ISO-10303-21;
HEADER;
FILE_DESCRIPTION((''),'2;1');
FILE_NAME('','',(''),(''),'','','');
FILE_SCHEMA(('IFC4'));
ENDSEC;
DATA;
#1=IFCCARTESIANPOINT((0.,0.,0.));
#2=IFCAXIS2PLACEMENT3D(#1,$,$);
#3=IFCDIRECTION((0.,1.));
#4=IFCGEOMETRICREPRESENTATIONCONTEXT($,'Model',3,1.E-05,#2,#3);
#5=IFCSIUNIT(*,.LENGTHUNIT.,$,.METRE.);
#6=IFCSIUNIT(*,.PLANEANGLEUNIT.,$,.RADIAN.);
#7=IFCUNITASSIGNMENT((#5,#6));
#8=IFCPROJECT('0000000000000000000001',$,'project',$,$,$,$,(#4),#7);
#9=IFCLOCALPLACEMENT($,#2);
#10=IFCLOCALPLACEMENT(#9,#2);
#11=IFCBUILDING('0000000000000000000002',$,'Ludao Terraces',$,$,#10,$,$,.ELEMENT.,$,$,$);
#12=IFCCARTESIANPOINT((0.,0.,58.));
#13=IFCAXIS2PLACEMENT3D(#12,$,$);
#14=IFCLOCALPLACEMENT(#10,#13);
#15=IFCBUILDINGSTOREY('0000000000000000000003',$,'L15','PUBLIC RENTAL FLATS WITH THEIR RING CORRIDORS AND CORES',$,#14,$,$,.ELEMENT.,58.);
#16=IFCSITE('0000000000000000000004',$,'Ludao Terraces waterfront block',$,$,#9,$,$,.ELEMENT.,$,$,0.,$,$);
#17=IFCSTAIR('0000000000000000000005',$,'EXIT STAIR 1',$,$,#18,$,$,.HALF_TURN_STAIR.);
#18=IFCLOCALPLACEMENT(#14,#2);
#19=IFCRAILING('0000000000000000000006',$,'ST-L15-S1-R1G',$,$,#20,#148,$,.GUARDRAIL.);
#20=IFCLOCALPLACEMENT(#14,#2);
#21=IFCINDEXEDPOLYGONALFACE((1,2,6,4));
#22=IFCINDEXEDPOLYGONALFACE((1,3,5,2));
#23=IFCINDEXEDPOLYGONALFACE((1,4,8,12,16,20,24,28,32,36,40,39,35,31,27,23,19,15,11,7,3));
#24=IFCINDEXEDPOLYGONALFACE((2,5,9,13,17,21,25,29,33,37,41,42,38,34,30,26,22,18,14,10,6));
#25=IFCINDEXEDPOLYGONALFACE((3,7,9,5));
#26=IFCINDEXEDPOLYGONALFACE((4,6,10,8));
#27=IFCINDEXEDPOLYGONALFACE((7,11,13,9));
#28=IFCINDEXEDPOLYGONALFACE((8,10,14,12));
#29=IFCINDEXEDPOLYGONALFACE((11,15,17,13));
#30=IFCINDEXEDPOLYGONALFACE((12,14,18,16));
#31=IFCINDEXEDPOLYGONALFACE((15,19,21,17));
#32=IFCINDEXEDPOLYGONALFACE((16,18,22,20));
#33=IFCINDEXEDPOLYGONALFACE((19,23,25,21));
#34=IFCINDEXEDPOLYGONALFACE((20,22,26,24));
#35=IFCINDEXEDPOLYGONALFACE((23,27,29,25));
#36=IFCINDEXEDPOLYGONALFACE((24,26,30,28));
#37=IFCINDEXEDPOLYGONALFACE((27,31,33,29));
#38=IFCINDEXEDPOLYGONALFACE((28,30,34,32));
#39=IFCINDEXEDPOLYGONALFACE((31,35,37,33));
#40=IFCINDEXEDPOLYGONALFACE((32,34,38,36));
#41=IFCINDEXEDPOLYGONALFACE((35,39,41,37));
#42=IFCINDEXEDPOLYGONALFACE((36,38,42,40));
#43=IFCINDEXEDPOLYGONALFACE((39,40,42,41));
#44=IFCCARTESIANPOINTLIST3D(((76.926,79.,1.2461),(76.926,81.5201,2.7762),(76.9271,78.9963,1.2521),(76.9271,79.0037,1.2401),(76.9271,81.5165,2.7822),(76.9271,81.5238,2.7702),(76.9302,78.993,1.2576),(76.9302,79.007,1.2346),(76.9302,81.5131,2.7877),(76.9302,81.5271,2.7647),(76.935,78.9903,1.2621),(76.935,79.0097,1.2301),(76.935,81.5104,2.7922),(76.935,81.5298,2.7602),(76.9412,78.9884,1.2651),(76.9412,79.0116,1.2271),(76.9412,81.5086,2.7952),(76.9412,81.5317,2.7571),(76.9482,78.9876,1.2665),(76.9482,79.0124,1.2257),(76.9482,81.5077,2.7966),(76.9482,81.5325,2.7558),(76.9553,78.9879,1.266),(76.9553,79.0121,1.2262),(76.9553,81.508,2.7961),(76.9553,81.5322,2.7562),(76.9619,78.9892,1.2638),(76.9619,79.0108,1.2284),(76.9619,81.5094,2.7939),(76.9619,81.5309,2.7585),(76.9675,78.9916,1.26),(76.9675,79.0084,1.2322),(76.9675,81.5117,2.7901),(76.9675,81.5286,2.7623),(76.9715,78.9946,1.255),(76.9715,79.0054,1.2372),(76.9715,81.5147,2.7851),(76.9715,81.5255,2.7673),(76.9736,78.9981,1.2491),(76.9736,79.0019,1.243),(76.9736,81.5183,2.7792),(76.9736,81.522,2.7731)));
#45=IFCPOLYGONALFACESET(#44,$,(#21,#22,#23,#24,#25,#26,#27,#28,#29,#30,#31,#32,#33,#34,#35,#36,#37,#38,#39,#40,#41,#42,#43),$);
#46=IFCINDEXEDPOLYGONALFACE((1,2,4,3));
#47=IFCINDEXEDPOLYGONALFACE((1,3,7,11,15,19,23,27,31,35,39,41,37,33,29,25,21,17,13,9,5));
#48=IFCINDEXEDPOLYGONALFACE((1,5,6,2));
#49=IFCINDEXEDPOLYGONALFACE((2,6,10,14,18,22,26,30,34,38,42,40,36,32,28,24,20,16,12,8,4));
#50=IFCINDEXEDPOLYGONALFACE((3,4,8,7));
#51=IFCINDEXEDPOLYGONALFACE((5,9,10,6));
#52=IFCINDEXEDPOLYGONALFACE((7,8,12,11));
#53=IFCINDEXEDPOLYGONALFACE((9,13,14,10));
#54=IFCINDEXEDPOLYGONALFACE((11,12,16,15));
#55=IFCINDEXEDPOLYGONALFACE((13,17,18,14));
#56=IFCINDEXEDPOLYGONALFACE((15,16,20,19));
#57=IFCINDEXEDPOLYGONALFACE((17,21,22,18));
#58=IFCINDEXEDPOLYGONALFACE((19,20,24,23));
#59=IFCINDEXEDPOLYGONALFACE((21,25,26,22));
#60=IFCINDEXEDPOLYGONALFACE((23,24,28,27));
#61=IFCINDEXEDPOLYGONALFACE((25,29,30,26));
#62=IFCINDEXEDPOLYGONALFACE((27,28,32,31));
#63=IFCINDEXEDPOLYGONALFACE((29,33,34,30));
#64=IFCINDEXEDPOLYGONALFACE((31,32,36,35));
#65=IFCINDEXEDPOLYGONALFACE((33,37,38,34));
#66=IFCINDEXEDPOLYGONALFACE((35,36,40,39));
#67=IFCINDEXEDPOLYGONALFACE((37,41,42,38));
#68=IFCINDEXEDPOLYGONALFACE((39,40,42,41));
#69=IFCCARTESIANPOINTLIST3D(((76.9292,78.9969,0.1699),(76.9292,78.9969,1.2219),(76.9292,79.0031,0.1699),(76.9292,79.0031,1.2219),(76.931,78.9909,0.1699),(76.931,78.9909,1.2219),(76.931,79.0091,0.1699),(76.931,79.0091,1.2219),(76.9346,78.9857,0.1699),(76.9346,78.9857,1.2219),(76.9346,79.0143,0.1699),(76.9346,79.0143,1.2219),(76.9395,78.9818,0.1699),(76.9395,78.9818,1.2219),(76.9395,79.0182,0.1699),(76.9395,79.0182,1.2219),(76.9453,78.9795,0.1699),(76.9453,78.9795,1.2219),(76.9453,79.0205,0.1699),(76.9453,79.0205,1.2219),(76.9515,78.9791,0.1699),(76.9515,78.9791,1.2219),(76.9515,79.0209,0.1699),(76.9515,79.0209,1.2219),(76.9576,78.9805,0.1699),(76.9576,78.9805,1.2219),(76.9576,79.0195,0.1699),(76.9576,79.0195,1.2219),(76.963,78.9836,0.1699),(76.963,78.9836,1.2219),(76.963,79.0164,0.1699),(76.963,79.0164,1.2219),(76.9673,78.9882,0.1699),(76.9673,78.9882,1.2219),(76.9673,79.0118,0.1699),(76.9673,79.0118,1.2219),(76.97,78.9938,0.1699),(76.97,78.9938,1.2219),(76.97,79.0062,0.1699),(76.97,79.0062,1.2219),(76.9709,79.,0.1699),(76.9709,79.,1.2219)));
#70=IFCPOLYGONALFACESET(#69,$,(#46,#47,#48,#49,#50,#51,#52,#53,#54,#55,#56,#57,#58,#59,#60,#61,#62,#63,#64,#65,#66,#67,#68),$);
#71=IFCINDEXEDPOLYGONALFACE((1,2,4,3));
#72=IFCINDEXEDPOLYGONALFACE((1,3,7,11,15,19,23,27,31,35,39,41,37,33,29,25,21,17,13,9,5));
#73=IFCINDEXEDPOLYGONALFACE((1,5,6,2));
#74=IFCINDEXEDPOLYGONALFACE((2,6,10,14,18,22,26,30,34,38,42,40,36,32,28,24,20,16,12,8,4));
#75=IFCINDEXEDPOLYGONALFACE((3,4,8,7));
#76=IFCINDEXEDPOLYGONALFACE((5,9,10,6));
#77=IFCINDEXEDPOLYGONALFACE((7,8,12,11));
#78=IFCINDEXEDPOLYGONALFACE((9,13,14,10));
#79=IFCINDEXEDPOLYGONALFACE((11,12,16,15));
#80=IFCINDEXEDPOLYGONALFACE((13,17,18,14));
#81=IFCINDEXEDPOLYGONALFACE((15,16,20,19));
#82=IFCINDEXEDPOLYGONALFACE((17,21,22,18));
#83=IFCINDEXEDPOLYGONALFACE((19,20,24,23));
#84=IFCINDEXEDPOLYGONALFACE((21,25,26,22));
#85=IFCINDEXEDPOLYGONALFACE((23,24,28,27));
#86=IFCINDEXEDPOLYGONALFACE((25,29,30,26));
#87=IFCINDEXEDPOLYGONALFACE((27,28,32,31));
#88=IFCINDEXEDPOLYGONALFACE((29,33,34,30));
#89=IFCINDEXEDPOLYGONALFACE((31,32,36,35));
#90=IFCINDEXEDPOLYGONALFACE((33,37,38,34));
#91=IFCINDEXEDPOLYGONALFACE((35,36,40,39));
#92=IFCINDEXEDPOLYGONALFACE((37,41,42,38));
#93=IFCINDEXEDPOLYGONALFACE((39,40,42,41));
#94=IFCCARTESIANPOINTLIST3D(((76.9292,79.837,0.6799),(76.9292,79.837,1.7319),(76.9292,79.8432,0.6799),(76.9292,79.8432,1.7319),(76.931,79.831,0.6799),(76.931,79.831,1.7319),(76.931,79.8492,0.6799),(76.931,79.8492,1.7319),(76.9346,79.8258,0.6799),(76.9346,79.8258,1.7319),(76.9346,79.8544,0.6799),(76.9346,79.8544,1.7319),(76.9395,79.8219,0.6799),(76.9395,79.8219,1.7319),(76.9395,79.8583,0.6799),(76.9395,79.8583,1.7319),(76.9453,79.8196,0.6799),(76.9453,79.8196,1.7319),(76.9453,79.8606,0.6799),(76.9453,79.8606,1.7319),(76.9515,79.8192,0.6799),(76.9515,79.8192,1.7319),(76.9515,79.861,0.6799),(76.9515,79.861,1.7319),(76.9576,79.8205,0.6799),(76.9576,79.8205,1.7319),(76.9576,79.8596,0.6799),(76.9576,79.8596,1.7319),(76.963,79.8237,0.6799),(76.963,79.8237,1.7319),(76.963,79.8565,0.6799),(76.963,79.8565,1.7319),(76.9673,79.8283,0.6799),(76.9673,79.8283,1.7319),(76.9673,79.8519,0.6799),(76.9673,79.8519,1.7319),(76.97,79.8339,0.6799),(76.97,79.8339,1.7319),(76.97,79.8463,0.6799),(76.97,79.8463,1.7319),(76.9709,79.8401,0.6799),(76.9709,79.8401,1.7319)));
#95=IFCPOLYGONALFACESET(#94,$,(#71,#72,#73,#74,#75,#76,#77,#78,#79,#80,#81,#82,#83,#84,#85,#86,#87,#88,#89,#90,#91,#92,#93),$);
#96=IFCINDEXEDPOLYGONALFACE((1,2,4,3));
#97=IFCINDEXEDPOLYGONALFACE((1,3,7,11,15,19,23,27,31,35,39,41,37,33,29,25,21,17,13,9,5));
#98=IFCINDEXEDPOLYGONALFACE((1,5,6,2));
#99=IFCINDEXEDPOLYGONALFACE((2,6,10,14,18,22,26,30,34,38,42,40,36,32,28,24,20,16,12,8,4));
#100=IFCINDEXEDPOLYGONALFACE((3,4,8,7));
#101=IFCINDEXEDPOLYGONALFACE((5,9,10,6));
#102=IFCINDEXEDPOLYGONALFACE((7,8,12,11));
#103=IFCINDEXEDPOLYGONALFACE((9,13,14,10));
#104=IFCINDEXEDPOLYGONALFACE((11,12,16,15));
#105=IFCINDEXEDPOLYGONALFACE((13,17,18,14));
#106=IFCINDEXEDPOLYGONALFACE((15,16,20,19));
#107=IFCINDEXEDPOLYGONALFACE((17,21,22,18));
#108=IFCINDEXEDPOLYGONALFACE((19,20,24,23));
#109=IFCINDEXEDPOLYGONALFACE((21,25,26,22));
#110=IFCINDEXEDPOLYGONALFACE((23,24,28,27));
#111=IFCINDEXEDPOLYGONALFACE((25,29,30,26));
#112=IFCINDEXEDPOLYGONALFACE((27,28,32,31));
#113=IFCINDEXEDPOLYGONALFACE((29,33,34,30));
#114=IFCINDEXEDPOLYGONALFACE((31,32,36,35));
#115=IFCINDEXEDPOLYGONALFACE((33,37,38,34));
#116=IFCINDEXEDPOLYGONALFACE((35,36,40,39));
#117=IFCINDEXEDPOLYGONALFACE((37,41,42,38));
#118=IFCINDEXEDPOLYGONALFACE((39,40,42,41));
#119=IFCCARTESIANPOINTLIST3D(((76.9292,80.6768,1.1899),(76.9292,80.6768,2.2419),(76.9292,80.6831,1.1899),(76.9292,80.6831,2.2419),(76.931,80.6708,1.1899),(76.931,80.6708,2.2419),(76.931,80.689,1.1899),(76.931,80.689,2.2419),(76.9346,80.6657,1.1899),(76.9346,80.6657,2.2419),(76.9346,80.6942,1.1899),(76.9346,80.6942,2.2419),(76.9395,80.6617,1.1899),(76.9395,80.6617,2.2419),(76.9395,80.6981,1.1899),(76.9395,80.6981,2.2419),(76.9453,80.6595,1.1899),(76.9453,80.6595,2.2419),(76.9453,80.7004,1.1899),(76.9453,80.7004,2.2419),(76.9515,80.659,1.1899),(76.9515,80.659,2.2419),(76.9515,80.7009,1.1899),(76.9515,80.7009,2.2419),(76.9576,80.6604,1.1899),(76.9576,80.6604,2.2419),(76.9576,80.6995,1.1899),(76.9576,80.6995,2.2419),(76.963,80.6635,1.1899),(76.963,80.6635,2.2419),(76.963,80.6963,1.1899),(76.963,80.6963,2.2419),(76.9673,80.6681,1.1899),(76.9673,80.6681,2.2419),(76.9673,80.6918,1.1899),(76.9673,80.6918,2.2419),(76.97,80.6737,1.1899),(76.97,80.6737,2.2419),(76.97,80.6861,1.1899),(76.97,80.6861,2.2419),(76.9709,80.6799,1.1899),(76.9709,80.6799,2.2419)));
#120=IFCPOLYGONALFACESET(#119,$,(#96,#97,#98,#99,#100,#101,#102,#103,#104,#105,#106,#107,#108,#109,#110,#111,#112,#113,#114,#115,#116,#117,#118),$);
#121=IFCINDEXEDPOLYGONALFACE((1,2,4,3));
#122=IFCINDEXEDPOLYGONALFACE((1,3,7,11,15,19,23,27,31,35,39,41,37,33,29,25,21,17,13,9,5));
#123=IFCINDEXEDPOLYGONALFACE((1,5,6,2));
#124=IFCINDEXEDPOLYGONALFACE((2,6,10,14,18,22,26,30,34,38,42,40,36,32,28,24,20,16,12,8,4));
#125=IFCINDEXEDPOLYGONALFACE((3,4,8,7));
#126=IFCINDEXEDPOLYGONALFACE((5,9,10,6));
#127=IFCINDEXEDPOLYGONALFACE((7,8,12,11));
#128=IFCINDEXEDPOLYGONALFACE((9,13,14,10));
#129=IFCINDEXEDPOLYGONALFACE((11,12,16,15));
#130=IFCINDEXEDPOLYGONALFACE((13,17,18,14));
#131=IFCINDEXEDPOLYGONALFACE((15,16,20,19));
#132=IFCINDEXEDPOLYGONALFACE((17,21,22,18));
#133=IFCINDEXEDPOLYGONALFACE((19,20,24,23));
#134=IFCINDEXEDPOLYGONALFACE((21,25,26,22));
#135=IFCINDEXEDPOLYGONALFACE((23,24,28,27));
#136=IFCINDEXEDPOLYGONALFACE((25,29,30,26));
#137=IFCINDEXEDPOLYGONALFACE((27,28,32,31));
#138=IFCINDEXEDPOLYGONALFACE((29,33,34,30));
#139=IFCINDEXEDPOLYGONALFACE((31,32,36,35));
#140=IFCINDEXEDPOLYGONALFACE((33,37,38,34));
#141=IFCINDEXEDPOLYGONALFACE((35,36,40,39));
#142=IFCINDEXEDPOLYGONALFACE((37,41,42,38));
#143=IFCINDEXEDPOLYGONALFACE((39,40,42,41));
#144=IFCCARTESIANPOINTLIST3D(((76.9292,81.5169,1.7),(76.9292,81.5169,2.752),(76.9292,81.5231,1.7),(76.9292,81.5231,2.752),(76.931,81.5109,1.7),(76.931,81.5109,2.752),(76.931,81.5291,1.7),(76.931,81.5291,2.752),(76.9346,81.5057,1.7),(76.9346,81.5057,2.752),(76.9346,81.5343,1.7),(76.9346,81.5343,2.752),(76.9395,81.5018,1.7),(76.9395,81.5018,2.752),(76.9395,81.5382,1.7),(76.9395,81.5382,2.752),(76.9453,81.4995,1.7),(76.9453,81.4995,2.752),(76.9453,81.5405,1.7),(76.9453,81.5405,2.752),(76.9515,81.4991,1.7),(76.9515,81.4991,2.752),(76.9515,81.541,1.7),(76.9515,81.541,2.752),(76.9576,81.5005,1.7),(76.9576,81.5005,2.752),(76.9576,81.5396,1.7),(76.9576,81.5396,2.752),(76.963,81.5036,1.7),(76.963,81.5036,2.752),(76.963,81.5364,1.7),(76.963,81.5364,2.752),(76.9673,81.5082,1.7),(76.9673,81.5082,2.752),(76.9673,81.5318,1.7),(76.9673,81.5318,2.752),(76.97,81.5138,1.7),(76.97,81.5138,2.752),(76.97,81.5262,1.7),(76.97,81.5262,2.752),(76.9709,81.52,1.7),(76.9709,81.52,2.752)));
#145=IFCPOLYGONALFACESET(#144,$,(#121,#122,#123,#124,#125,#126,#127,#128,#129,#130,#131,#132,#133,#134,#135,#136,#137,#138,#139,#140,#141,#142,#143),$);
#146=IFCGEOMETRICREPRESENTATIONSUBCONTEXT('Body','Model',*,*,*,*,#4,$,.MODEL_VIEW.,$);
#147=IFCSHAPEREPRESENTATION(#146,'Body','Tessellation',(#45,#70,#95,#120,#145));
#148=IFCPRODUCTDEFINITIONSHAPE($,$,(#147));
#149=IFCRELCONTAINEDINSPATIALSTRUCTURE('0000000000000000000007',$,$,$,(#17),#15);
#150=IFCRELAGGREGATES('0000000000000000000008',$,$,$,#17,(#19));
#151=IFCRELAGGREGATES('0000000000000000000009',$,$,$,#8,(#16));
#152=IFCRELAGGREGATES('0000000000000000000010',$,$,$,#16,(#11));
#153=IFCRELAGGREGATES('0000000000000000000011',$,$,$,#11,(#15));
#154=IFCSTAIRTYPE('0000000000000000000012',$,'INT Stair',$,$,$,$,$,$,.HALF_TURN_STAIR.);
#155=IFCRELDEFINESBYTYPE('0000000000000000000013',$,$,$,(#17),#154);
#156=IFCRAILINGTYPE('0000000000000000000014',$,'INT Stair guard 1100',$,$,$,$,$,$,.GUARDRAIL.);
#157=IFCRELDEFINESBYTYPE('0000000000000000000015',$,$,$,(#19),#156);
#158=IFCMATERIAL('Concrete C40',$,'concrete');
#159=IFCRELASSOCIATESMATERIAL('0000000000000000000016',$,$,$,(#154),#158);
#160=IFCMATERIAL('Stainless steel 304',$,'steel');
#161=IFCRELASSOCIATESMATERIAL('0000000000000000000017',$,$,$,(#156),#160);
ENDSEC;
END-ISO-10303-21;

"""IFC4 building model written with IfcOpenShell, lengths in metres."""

from ifc_helpers import new_model, si_unit, direction, frame, origin, origin_2d, place, context, subcontext, project, spatial, circle, extrude, material, type_object, element, aggregate, save


model = new_model("IFC4")

# Units and contexts
model_context = context("Model", 3, precision=1e-05, world=origin(), true_north=direction((0.0, 1.0)))
body_context = subcontext(model_context, "Body", "Model", "MODEL_VIEW")
ifc_project = project(units=[si_unit("LENGTHUNIT", "METRE"), si_unit("PLANEANGLEUNIT", "RADIAN")], contexts=[model_context])

# Site, building, storey
site_placement = place(None, origin())
site = spatial("IfcSite", under=ifc_project, at=site_placement, Name="Ludao Terraces waterfront block", CompositionType="ELEMENT", RefElevation=0.0)
building_placement = place(site_placement, origin())
building = spatial("IfcBuilding", under=site, at=building_placement, Name="Ludao Terraces", CompositionType="ELEMENT")
storey_placement = place(building_placement, frame((0.0, 0.0, 58.0)))
storey = spatial("IfcBuildingStorey", under=building, at=storey_placement, Name="L15", Description="PUBLIC RENTAL FLATS WITH THEIR RING CORRIDORS AND CORES", CompositionType="ELEMENT", Elevation=58.0)

# Shared definitions
ifc_material_1 = material(Name="Concrete C40", Category="concrete")

# Shared definitions
ifc_material_2 = material(Name="Stainless steel 304", Category="steel")

# Stair, railing
stair_type = type_object("IfcStairType", Name="INT Stair", PredefinedType="HALF_TURN_STAIR", material=ifc_material_1)
stair_placement = place(storey_placement, origin())
stair = element("IfcStair", 1, at=stair_placement, inside=storey, type_object=stair_type, Name="EXIT STAIR 1", PredefinedType="HALF_TURN_STAIR")
railing_type_1 = type_object("IfcRailingType", Name="INT Stair guard 1100", PredefinedType="GUARDRAIL", material=ifc_material_2)
railing_1_placement = place(storey_placement, frame((76.95, 79.0, 0.1699)))
railing_1 = element("IfcRailing", 2, at=railing_1_placement, type_object=railing_type_1, Name="ST-L15-S1-R1G", PredefinedType="GUARDRAIL", context=body_context, shape_type="SweptSolid", body=[
    extrude(circle(Radius=0.0239, at=origin_2d()), frame((0.0, 0.0, 1.0762), z_axis=(0.0, 0.854785, 0.518982), x_axis=(-1.0, 0.0, 0.0)), (0.0, 0.0, 1.0), 2.9482),
    extrude(circle(Radius=0.021, at=origin_2d()), origin(), (0.0, 0.0, 1.0), 1.052),
    extrude(circle(Radius=0.021, at=origin_2d()), frame((0.0, 0.8401, 0.51)), (0.0, 0.0, 1.0), 1.052),
    extrude(circle(Radius=0.021, at=origin_2d()), frame((0.0, 1.6799, 1.02)), (0.0, 0.0, 1.0), 1.052),
    extrude(circle(Radius=0.021, at=origin_2d()), frame((0.0, 2.52, 1.53)), (0.0, 0.0, 1.0), 1.052),
])
aggregate(stair, [railing_1])

save(model, "model.ifc")
